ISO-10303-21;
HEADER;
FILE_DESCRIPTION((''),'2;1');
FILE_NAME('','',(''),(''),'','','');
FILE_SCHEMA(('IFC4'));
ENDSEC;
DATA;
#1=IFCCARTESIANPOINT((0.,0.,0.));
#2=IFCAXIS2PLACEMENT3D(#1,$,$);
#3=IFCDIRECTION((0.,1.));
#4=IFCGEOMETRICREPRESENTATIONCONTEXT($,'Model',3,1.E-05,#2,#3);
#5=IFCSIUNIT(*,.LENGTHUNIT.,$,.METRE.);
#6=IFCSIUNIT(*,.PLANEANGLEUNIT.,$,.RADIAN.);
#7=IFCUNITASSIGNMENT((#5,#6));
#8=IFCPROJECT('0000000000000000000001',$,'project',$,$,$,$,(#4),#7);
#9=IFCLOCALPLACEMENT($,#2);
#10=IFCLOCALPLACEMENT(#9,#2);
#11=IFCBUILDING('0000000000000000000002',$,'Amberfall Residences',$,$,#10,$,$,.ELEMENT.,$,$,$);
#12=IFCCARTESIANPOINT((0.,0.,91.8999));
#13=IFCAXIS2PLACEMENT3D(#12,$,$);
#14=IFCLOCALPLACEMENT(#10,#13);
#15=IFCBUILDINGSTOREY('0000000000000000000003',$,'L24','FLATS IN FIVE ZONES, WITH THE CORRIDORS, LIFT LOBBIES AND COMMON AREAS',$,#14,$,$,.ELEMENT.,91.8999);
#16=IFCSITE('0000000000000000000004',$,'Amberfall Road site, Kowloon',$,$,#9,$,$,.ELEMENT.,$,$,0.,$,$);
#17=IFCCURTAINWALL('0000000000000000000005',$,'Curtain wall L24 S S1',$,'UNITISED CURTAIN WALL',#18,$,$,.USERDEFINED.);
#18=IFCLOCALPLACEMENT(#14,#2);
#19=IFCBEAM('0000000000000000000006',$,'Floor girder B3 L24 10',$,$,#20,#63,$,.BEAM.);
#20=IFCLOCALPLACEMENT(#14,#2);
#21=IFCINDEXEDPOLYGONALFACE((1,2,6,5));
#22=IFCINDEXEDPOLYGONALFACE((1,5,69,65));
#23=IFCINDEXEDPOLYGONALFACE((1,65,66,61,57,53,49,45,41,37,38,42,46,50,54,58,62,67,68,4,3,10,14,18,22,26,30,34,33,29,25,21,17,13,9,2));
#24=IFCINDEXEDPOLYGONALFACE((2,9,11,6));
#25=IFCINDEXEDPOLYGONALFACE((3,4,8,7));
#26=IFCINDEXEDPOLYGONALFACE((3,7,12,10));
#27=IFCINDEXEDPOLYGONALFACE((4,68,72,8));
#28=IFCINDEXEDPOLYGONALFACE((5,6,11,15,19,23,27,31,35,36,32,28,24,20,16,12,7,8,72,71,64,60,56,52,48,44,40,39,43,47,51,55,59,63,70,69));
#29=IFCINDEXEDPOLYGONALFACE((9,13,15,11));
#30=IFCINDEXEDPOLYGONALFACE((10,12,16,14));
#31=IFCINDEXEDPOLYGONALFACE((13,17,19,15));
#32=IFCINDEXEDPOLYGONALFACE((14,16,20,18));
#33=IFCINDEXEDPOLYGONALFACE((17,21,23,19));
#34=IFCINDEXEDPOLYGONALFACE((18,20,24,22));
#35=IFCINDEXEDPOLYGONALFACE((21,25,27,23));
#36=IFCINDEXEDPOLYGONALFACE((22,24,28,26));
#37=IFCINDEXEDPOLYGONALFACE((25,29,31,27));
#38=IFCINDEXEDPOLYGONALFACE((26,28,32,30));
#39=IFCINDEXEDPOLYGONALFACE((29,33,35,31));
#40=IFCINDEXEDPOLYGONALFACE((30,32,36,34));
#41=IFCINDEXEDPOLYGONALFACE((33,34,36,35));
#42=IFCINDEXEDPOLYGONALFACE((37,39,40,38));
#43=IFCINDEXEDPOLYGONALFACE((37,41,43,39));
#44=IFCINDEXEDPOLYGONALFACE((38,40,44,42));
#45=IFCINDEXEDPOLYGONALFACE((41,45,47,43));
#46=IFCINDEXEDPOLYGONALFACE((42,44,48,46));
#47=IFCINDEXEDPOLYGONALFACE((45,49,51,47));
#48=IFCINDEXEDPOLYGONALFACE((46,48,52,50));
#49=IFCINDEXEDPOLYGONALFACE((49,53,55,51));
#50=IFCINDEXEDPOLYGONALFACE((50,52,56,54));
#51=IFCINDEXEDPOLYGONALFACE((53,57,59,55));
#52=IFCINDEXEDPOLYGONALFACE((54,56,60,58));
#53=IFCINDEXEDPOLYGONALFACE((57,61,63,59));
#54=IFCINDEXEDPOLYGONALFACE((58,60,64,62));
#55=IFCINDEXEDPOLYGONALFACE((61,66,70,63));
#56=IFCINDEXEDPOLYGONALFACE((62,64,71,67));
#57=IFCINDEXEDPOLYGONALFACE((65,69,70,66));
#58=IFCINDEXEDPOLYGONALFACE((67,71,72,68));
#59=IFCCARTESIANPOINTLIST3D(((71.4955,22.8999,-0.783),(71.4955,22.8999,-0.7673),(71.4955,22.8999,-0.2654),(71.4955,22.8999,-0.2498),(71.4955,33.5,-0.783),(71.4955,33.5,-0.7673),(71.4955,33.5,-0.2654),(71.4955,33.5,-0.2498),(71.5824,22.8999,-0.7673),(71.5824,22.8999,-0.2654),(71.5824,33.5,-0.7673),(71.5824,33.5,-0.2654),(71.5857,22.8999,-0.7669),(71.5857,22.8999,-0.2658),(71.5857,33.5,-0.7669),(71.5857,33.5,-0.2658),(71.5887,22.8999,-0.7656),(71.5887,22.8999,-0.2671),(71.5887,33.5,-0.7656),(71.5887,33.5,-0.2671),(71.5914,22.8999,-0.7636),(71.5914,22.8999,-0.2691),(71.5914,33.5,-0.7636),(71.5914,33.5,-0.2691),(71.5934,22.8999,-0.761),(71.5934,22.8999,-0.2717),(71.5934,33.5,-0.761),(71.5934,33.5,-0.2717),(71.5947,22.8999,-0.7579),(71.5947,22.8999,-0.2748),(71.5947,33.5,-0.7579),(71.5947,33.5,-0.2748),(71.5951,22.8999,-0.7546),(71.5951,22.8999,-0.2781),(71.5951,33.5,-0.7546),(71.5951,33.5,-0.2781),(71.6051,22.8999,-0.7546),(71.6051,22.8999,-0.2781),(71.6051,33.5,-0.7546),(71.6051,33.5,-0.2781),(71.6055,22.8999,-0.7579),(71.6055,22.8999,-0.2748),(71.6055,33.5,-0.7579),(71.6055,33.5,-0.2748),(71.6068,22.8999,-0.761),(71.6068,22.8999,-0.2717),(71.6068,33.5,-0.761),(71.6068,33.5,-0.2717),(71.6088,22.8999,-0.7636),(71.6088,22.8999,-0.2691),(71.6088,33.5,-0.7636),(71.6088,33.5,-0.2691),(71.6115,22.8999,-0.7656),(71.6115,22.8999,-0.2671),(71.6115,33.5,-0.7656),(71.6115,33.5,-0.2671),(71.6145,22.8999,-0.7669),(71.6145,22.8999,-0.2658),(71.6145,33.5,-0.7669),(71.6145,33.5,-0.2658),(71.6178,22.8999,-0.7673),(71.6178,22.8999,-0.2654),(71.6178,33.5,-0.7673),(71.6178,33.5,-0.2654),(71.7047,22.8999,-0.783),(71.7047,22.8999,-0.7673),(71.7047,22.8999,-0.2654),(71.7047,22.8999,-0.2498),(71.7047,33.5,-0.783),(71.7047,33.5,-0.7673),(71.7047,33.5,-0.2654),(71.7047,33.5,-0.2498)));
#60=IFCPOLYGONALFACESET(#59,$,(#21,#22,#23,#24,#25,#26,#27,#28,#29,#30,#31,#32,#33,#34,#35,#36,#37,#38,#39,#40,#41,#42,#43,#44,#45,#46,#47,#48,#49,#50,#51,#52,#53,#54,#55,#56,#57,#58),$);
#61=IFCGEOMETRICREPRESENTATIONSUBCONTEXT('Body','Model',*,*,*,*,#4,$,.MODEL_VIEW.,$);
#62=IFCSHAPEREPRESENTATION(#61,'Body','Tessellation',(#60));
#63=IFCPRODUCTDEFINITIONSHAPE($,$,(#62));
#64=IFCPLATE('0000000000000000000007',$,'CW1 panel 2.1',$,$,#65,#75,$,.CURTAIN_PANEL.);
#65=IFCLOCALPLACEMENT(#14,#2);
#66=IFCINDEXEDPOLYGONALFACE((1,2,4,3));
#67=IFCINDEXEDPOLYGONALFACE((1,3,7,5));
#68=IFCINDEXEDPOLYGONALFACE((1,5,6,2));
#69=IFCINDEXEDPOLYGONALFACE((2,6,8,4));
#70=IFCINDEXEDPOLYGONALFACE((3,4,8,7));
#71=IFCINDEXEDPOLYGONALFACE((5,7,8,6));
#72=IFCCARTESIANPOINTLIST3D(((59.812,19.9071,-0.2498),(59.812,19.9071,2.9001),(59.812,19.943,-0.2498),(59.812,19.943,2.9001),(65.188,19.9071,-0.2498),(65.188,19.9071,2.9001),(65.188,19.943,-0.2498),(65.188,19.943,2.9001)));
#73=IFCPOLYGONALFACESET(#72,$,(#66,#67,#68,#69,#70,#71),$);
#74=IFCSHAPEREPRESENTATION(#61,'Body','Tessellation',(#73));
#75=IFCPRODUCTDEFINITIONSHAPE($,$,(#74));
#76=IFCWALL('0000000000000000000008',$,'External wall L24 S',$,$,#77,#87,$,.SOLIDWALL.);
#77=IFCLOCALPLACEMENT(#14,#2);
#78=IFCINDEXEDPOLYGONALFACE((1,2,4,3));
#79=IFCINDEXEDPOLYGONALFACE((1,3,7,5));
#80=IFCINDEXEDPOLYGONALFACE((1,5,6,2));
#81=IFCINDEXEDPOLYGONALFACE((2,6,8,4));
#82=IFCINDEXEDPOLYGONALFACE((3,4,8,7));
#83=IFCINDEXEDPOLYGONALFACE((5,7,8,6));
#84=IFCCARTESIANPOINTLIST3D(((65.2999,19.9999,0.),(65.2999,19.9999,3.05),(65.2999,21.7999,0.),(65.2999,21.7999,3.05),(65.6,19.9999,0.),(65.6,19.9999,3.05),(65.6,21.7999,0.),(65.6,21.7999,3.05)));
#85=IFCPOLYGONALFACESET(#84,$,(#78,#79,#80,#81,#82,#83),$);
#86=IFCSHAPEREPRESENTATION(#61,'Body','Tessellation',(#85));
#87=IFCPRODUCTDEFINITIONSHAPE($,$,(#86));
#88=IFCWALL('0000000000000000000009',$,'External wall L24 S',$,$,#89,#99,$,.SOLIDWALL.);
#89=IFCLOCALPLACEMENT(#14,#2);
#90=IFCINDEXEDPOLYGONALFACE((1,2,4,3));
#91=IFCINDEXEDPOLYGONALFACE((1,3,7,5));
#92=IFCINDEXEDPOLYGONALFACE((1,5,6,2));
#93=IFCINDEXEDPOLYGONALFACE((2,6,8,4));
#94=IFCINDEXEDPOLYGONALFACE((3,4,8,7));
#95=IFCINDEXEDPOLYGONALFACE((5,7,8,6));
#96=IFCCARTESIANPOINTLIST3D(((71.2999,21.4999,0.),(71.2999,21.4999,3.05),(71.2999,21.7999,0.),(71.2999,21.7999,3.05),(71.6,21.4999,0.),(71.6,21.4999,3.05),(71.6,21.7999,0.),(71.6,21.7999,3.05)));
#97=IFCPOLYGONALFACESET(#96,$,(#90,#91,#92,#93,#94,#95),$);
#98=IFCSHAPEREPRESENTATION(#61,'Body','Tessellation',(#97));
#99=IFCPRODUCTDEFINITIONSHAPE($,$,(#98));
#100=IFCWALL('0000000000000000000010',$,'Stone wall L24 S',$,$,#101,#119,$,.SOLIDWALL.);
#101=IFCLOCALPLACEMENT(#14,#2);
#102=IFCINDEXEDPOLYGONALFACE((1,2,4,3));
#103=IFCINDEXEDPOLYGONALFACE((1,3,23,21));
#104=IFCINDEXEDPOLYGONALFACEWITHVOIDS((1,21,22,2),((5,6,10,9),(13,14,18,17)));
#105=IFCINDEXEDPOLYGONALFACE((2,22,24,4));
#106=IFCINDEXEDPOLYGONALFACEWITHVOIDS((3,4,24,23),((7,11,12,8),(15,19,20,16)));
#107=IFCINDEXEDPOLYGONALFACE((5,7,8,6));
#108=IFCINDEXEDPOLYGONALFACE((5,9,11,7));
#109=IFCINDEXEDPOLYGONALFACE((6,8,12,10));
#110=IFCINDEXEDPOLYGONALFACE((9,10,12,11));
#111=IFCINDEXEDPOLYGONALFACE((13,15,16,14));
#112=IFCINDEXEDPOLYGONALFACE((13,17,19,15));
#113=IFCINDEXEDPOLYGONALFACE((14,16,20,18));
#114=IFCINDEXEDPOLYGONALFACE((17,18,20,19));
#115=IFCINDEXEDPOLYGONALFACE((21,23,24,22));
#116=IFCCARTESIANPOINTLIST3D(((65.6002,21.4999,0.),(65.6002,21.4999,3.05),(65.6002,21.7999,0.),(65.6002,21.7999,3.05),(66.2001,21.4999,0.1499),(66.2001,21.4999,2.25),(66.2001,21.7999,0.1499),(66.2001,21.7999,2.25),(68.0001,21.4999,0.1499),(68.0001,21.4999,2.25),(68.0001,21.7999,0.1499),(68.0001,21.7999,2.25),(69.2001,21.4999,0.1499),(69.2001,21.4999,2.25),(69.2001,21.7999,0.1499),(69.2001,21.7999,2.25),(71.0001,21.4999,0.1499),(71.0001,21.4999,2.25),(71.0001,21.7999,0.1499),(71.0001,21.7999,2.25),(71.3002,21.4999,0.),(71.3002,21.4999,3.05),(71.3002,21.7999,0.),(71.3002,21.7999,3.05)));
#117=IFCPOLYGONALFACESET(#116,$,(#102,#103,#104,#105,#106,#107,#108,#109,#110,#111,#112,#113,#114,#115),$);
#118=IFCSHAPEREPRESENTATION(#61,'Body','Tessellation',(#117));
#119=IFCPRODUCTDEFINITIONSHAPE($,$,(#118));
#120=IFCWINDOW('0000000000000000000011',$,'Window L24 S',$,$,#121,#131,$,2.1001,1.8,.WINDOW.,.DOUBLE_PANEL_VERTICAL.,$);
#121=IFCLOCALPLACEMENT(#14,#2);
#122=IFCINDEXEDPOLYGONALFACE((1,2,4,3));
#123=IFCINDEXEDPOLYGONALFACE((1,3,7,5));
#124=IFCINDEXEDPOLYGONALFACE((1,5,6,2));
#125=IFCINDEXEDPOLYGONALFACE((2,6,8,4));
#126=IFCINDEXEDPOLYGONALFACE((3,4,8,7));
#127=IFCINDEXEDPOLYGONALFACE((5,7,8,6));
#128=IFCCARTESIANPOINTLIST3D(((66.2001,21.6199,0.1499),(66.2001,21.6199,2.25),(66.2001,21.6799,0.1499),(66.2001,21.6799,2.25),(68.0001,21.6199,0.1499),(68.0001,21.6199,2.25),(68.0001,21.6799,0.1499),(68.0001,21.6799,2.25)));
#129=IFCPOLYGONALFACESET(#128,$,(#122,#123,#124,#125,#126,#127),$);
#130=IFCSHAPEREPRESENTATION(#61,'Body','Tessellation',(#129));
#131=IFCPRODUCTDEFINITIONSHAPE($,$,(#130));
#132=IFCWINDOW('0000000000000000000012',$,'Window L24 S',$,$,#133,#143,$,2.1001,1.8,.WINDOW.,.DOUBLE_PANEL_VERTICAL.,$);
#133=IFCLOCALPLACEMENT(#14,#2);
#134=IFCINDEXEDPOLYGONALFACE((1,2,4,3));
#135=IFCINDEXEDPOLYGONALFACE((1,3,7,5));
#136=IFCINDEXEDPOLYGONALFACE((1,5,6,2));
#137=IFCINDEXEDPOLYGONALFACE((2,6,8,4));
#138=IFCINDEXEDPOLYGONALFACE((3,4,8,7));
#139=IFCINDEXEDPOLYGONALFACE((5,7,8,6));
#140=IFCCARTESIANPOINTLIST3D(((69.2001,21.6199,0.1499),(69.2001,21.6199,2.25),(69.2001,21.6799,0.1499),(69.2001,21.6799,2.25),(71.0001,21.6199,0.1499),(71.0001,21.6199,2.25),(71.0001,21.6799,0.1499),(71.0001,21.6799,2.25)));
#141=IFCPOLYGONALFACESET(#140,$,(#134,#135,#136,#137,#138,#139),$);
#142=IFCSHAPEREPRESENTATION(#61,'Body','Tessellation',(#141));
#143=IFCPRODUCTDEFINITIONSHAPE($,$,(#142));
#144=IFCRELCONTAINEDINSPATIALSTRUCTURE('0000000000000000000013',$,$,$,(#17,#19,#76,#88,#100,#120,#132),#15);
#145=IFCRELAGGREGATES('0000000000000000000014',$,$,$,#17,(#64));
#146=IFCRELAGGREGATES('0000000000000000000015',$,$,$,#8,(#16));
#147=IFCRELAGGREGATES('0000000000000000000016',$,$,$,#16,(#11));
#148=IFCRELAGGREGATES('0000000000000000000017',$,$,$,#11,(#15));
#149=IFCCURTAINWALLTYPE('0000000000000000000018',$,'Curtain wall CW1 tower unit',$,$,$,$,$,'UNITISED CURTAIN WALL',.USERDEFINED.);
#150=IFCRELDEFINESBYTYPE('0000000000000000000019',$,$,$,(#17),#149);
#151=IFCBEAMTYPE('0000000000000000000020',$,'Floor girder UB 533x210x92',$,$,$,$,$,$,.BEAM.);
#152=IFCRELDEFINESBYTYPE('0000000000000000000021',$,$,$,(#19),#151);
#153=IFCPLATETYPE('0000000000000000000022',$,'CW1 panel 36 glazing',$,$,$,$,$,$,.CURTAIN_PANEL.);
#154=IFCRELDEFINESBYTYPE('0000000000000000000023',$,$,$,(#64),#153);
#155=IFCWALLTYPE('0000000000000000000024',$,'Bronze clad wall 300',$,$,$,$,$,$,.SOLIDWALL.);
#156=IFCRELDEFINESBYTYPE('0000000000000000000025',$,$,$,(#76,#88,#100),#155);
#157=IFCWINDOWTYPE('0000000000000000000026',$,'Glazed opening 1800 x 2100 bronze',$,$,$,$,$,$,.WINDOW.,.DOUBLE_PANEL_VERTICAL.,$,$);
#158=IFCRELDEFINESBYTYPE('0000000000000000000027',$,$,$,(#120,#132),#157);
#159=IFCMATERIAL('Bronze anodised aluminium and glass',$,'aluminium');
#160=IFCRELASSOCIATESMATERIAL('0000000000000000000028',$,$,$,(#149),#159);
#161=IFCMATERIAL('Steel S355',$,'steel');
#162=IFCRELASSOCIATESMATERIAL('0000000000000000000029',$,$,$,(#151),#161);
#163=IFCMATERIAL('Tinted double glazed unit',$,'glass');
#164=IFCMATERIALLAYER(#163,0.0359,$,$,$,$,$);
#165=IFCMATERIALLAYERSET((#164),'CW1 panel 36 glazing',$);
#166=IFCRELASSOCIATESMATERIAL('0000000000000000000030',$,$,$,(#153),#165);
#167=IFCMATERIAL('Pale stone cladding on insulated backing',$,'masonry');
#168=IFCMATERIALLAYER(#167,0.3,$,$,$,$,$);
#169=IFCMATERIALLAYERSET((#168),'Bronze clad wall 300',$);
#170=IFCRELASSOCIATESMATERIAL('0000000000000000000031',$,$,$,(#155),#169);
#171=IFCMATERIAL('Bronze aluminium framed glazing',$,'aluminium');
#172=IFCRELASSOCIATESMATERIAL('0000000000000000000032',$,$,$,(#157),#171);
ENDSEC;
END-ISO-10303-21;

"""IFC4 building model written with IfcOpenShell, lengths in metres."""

from ifc_helpers import new_model, si_unit, direction, frame, frame_2d, origin, origin_2d, place, context, subcontext, project, spatial, rectangle, i_section, extrude, material, layer, layer_set, material_profile, profile_set, type_object, element, fill, aggregate, save


model = new_model("IFC4")

# Units and contexts
model_context = context("Model", 3, precision=1e-05, world=origin(), true_north=direction((0.0, 1.0)))
body_context = subcontext(model_context, "Body", "Model", "MODEL_VIEW")
ifc_project = project(units=[si_unit("LENGTHUNIT", "METRE"), si_unit("PLANEANGLEUNIT", "RADIAN")], contexts=[model_context])

# Site, building, storey
site_placement = place(None, origin())
site = spatial("IfcSite", under=ifc_project, at=site_placement, Name="Amberfall Road site, Kowloon", CompositionType="ELEMENT", RefElevation=0.0)
building_placement = place(site_placement, origin())
building = spatial("IfcBuilding", under=site, at=building_placement, Name="Amberfall Residences", CompositionType="ELEMENT")
storey_placement = place(building_placement, frame((0.0, 0.0, 91.8999)))
storey = spatial("IfcBuildingStorey", under=building, at=storey_placement, Name="L24", Description="FLATS IN FIVE ZONES, WITH THE CORRIDORS, LIFT LOBBIES AND COMMON AREAS", CompositionType="ELEMENT", Elevation=91.8999)

# Curtain wall
ifc_material_1 = material(Name="Bronze anodised aluminium and glass", Category="aluminium")
curtain_wall_type = type_object("IfcCurtainWallType", Name="Curtain wall CW1 tower unit", ElementType="UNITISED CURTAIN WALL", PredefinedType="USERDEFINED", material=ifc_material_1)
curtain_wall_placement = place(storey_placement, origin())
curtain_wall = element("IfcCurtainWall", 1, at=curtain_wall_placement, inside=storey, type_object=curtain_wall_type, Name="Curtain wall L24 S S1", ObjectType="UNITISED CURTAIN WALL", PredefinedType="USERDEFINED")

# Shared definitions
ifc_material_2 = material(Name="Steel S355", Category="steel")

# Beam
ifc_material_profile_1 = material_profile(ifc_material_2, i_section(OverallWidth=0.2092, OverallDepth=0.5332, WebThickness=0.01, FlangeThickness=0.0156, FilletRadius=0.0127, at=origin_2d()), Name="UB 533x210x92")
ifc_profile_set_1 = profile_set([ifc_material_profile_1], Name="Steel S355")
beam_type_1 = type_object("IfcBeamType", Name="Floor girder UB 533x210x92", PredefinedType="BEAM", material=ifc_profile_set_1)
for number, where, z_axis, x_axis, name in (
    (2, (71.6001, 22.8999, -0.5164), (0.0, 1.0, 0.0), (-1.0, 0.0, 0.0), "Floor girder B3 L24 10"),
):
    element("IfcBeam", number, at=place(storey_placement, frame(where, z_axis=z_axis, x_axis=x_axis)), inside=storey, type_object=beam_type_1, Name=name, PredefinedType="BEAM", context=body_context, shape_type="SweptSolid", body=[
        extrude(i_section(OverallWidth=0.2092, OverallDepth=0.5332, WebThickness=0.01, FlangeThickness=0.0156, FilletRadius=0.0127, at=origin_2d()), origin(), (0.0, 0.0, 1.0), 10.6001),
    ])

# Plate
ifc_material_3 = material(Name="Tinted double glazed unit", Category="glass")
ifc_layer_1 = layer(ifc_material_3, 0.0359)
ifc_layer_set_1 = layer_set([ifc_layer_1], Name="CW1 panel 36 glazing")
plate_type = type_object("IfcPlateType", Name="CW1 panel 36 glazing", PredefinedType="CURTAIN_PANEL", material=ifc_layer_set_1)
plate_placement = place(storey_placement, frame((62.5, 19.925, -0.2498), z_axis=(0.0, 0.0, 1.0), x_axis=(1.0, 0.0, 0.0)))
plate = element("IfcPlate", 3, at=plate_placement, type_object=plate_type, Name="CW1 panel 2.1", PredefinedType="CURTAIN_PANEL", context=body_context, shape_type="SweptSolid", body=[
    extrude(rectangle(XDim=5.376, YDim=0.0359, at=origin_2d()), origin(), (0.0, 0.0, 1.0), 3.1499),
])
aggregate(curtain_wall, [plate])

# Walls
ifc_material_4 = material(Name="Pale stone cladding on insulated backing", Category="masonry")
ifc_layer_2 = layer(ifc_material_4, 0.3)
ifc_layer_set_2 = layer_set([ifc_layer_2], Name="Bronze clad wall 300")
wall_type_1 = type_object("IfcWallType", Name="Bronze clad wall 300", PredefinedType="SOLIDWALL", material=ifc_layer_set_2)
wall_1_placement = place(storey_placement, frame((65.45, 20.0, 0.0), z_axis=(0.0, 0.0, 1.0), x_axis=(0.0, 1.0, 0.0)))
element("IfcWall", 4, at=wall_1_placement, inside=storey, type_object=wall_type_1, Name="External wall L24 S", PredefinedType="SOLIDWALL", context=body_context, shape_type="SweptSolid", body=[
    extrude(rectangle(XDim=1.8, YDim=0.3, at=frame_2d((0.8999, 0.0))), origin(), (0.0, 0.0, 1.0), 3.05),
])
wall_2_placement = place(storey_placement, frame((71.45, 21.5, 0.0), z_axis=(0.0, 0.0, 1.0), x_axis=(0.0, 1.0, 0.0)))
element("IfcWall", 5, at=wall_2_placement, inside=storey, type_object=wall_type_1, Name="External wall L24 S", PredefinedType="SOLIDWALL", context=body_context, shape_type="SweptSolid", body=[
    extrude(rectangle(XDim=0.3, YDim=0.3, at=frame_2d((0.1499, 0.0))), origin(), (0.0, 0.0, 1.0), 3.05),
])

# Wall, openings, windows
wall_3_placement = place(storey_placement, frame((65.6001, 21.6499, 0.0), z_axis=(0.0, 0.0, 1.0), x_axis=(1.0, 0.0, 0.0)))
wall_3 = element("IfcWall", 6, at=wall_3_placement, inside=storey, type_object=wall_type_1, Name="Stone wall L24 S", PredefinedType="SOLIDWALL", context=body_context, shape_type="SweptSolid", body=[
    extrude(rectangle(XDim=5.7, YDim=0.3, at=frame_2d((2.8501, 0.0))), origin(), (0.0, 0.0, 1.0), 3.05),
])
opening_1_placement = place(wall_3_placement, frame((0.6001, 0.0, 0.1499)))
opening_1 = element("IfcOpeningElement", 7, at=opening_1_placement, cuts=wall_3, PredefinedType="OPENING", context=body_context, shape_type="SweptSolid", body=[
    extrude(rectangle(XDim=1.8, YDim=2.1001, at=frame_2d((0.8999, 1.05))), frame((0.0, 0.1599, 0.0), z_axis=(0.0, -1.0, 0.0), x_axis=(1.0, 0.0, 0.0)), (0.0, 0.0, 1.0), 0.3201),
])
opening_2_placement = place(wall_3_placement, frame((3.6001, 0.0, 0.1499)))
opening_2 = element("IfcOpeningElement", 8, at=opening_2_placement, cuts=wall_3, PredefinedType="OPENING", context=body_context, shape_type="SweptSolid", body=[
    extrude(rectangle(XDim=1.8, YDim=2.1001, at=frame_2d((0.8999, 1.05))), frame((0.0, 0.1599, 0.0), z_axis=(0.0, -1.0, 0.0), x_axis=(1.0, 0.0, 0.0)), (0.0, 0.0, 1.0), 0.3201),
])
ifc_material_5 = material(Name="Bronze aluminium framed glazing", Category="aluminium")
window_type = type_object("IfcWindowType", Name="Glazed opening 1800 x 2100 bronze", PartitioningType="DOUBLE_PANEL_VERTICAL", PredefinedType="WINDOW", material=ifc_material_5)
window_1_placement = place(opening_1_placement, origin())
window_1 = element("IfcWindow", 9, at=window_1_placement, inside=storey, type_object=window_type, Name="Window L24 S", OverallHeight=2.1001, OverallWidth=1.8, PartitioningType="DOUBLE_PANEL_VERTICAL", PredefinedType="WINDOW", context=body_context, shape_type="SweptSolid", body=[
    extrude(rectangle(XDim=1.8, YDim=2.1001, at=frame_2d((0.8999, 1.05))), frame((0.0, 0.03, 0.0), z_axis=(0.0, -1.0, 0.0), x_axis=(1.0, 0.0, 0.0)), (0.0, 0.0, 1.0), 0.0601),
])
fill(opening_1, window_1)
window_2_placement = place(opening_2_placement, origin())
window_2 = element("IfcWindow", 10, at=window_2_placement, inside=storey, type_object=window_type, Name="Window L24 S", OverallHeight=2.1001, OverallWidth=1.8, PartitioningType="DOUBLE_PANEL_VERTICAL", PredefinedType="WINDOW", context=body_context, shape_type="SweptSolid", body=[
    extrude(rectangle(XDim=1.8, YDim=2.1001, at=frame_2d((0.8999, 1.05))), frame((0.0, 0.03, 0.0), z_axis=(0.0, -1.0, 0.0), x_axis=(1.0, 0.0, 0.0)), (0.0, 0.0, 1.0), 0.0601),
])
fill(opening_2, window_2)

save(model, "model.ifc")
